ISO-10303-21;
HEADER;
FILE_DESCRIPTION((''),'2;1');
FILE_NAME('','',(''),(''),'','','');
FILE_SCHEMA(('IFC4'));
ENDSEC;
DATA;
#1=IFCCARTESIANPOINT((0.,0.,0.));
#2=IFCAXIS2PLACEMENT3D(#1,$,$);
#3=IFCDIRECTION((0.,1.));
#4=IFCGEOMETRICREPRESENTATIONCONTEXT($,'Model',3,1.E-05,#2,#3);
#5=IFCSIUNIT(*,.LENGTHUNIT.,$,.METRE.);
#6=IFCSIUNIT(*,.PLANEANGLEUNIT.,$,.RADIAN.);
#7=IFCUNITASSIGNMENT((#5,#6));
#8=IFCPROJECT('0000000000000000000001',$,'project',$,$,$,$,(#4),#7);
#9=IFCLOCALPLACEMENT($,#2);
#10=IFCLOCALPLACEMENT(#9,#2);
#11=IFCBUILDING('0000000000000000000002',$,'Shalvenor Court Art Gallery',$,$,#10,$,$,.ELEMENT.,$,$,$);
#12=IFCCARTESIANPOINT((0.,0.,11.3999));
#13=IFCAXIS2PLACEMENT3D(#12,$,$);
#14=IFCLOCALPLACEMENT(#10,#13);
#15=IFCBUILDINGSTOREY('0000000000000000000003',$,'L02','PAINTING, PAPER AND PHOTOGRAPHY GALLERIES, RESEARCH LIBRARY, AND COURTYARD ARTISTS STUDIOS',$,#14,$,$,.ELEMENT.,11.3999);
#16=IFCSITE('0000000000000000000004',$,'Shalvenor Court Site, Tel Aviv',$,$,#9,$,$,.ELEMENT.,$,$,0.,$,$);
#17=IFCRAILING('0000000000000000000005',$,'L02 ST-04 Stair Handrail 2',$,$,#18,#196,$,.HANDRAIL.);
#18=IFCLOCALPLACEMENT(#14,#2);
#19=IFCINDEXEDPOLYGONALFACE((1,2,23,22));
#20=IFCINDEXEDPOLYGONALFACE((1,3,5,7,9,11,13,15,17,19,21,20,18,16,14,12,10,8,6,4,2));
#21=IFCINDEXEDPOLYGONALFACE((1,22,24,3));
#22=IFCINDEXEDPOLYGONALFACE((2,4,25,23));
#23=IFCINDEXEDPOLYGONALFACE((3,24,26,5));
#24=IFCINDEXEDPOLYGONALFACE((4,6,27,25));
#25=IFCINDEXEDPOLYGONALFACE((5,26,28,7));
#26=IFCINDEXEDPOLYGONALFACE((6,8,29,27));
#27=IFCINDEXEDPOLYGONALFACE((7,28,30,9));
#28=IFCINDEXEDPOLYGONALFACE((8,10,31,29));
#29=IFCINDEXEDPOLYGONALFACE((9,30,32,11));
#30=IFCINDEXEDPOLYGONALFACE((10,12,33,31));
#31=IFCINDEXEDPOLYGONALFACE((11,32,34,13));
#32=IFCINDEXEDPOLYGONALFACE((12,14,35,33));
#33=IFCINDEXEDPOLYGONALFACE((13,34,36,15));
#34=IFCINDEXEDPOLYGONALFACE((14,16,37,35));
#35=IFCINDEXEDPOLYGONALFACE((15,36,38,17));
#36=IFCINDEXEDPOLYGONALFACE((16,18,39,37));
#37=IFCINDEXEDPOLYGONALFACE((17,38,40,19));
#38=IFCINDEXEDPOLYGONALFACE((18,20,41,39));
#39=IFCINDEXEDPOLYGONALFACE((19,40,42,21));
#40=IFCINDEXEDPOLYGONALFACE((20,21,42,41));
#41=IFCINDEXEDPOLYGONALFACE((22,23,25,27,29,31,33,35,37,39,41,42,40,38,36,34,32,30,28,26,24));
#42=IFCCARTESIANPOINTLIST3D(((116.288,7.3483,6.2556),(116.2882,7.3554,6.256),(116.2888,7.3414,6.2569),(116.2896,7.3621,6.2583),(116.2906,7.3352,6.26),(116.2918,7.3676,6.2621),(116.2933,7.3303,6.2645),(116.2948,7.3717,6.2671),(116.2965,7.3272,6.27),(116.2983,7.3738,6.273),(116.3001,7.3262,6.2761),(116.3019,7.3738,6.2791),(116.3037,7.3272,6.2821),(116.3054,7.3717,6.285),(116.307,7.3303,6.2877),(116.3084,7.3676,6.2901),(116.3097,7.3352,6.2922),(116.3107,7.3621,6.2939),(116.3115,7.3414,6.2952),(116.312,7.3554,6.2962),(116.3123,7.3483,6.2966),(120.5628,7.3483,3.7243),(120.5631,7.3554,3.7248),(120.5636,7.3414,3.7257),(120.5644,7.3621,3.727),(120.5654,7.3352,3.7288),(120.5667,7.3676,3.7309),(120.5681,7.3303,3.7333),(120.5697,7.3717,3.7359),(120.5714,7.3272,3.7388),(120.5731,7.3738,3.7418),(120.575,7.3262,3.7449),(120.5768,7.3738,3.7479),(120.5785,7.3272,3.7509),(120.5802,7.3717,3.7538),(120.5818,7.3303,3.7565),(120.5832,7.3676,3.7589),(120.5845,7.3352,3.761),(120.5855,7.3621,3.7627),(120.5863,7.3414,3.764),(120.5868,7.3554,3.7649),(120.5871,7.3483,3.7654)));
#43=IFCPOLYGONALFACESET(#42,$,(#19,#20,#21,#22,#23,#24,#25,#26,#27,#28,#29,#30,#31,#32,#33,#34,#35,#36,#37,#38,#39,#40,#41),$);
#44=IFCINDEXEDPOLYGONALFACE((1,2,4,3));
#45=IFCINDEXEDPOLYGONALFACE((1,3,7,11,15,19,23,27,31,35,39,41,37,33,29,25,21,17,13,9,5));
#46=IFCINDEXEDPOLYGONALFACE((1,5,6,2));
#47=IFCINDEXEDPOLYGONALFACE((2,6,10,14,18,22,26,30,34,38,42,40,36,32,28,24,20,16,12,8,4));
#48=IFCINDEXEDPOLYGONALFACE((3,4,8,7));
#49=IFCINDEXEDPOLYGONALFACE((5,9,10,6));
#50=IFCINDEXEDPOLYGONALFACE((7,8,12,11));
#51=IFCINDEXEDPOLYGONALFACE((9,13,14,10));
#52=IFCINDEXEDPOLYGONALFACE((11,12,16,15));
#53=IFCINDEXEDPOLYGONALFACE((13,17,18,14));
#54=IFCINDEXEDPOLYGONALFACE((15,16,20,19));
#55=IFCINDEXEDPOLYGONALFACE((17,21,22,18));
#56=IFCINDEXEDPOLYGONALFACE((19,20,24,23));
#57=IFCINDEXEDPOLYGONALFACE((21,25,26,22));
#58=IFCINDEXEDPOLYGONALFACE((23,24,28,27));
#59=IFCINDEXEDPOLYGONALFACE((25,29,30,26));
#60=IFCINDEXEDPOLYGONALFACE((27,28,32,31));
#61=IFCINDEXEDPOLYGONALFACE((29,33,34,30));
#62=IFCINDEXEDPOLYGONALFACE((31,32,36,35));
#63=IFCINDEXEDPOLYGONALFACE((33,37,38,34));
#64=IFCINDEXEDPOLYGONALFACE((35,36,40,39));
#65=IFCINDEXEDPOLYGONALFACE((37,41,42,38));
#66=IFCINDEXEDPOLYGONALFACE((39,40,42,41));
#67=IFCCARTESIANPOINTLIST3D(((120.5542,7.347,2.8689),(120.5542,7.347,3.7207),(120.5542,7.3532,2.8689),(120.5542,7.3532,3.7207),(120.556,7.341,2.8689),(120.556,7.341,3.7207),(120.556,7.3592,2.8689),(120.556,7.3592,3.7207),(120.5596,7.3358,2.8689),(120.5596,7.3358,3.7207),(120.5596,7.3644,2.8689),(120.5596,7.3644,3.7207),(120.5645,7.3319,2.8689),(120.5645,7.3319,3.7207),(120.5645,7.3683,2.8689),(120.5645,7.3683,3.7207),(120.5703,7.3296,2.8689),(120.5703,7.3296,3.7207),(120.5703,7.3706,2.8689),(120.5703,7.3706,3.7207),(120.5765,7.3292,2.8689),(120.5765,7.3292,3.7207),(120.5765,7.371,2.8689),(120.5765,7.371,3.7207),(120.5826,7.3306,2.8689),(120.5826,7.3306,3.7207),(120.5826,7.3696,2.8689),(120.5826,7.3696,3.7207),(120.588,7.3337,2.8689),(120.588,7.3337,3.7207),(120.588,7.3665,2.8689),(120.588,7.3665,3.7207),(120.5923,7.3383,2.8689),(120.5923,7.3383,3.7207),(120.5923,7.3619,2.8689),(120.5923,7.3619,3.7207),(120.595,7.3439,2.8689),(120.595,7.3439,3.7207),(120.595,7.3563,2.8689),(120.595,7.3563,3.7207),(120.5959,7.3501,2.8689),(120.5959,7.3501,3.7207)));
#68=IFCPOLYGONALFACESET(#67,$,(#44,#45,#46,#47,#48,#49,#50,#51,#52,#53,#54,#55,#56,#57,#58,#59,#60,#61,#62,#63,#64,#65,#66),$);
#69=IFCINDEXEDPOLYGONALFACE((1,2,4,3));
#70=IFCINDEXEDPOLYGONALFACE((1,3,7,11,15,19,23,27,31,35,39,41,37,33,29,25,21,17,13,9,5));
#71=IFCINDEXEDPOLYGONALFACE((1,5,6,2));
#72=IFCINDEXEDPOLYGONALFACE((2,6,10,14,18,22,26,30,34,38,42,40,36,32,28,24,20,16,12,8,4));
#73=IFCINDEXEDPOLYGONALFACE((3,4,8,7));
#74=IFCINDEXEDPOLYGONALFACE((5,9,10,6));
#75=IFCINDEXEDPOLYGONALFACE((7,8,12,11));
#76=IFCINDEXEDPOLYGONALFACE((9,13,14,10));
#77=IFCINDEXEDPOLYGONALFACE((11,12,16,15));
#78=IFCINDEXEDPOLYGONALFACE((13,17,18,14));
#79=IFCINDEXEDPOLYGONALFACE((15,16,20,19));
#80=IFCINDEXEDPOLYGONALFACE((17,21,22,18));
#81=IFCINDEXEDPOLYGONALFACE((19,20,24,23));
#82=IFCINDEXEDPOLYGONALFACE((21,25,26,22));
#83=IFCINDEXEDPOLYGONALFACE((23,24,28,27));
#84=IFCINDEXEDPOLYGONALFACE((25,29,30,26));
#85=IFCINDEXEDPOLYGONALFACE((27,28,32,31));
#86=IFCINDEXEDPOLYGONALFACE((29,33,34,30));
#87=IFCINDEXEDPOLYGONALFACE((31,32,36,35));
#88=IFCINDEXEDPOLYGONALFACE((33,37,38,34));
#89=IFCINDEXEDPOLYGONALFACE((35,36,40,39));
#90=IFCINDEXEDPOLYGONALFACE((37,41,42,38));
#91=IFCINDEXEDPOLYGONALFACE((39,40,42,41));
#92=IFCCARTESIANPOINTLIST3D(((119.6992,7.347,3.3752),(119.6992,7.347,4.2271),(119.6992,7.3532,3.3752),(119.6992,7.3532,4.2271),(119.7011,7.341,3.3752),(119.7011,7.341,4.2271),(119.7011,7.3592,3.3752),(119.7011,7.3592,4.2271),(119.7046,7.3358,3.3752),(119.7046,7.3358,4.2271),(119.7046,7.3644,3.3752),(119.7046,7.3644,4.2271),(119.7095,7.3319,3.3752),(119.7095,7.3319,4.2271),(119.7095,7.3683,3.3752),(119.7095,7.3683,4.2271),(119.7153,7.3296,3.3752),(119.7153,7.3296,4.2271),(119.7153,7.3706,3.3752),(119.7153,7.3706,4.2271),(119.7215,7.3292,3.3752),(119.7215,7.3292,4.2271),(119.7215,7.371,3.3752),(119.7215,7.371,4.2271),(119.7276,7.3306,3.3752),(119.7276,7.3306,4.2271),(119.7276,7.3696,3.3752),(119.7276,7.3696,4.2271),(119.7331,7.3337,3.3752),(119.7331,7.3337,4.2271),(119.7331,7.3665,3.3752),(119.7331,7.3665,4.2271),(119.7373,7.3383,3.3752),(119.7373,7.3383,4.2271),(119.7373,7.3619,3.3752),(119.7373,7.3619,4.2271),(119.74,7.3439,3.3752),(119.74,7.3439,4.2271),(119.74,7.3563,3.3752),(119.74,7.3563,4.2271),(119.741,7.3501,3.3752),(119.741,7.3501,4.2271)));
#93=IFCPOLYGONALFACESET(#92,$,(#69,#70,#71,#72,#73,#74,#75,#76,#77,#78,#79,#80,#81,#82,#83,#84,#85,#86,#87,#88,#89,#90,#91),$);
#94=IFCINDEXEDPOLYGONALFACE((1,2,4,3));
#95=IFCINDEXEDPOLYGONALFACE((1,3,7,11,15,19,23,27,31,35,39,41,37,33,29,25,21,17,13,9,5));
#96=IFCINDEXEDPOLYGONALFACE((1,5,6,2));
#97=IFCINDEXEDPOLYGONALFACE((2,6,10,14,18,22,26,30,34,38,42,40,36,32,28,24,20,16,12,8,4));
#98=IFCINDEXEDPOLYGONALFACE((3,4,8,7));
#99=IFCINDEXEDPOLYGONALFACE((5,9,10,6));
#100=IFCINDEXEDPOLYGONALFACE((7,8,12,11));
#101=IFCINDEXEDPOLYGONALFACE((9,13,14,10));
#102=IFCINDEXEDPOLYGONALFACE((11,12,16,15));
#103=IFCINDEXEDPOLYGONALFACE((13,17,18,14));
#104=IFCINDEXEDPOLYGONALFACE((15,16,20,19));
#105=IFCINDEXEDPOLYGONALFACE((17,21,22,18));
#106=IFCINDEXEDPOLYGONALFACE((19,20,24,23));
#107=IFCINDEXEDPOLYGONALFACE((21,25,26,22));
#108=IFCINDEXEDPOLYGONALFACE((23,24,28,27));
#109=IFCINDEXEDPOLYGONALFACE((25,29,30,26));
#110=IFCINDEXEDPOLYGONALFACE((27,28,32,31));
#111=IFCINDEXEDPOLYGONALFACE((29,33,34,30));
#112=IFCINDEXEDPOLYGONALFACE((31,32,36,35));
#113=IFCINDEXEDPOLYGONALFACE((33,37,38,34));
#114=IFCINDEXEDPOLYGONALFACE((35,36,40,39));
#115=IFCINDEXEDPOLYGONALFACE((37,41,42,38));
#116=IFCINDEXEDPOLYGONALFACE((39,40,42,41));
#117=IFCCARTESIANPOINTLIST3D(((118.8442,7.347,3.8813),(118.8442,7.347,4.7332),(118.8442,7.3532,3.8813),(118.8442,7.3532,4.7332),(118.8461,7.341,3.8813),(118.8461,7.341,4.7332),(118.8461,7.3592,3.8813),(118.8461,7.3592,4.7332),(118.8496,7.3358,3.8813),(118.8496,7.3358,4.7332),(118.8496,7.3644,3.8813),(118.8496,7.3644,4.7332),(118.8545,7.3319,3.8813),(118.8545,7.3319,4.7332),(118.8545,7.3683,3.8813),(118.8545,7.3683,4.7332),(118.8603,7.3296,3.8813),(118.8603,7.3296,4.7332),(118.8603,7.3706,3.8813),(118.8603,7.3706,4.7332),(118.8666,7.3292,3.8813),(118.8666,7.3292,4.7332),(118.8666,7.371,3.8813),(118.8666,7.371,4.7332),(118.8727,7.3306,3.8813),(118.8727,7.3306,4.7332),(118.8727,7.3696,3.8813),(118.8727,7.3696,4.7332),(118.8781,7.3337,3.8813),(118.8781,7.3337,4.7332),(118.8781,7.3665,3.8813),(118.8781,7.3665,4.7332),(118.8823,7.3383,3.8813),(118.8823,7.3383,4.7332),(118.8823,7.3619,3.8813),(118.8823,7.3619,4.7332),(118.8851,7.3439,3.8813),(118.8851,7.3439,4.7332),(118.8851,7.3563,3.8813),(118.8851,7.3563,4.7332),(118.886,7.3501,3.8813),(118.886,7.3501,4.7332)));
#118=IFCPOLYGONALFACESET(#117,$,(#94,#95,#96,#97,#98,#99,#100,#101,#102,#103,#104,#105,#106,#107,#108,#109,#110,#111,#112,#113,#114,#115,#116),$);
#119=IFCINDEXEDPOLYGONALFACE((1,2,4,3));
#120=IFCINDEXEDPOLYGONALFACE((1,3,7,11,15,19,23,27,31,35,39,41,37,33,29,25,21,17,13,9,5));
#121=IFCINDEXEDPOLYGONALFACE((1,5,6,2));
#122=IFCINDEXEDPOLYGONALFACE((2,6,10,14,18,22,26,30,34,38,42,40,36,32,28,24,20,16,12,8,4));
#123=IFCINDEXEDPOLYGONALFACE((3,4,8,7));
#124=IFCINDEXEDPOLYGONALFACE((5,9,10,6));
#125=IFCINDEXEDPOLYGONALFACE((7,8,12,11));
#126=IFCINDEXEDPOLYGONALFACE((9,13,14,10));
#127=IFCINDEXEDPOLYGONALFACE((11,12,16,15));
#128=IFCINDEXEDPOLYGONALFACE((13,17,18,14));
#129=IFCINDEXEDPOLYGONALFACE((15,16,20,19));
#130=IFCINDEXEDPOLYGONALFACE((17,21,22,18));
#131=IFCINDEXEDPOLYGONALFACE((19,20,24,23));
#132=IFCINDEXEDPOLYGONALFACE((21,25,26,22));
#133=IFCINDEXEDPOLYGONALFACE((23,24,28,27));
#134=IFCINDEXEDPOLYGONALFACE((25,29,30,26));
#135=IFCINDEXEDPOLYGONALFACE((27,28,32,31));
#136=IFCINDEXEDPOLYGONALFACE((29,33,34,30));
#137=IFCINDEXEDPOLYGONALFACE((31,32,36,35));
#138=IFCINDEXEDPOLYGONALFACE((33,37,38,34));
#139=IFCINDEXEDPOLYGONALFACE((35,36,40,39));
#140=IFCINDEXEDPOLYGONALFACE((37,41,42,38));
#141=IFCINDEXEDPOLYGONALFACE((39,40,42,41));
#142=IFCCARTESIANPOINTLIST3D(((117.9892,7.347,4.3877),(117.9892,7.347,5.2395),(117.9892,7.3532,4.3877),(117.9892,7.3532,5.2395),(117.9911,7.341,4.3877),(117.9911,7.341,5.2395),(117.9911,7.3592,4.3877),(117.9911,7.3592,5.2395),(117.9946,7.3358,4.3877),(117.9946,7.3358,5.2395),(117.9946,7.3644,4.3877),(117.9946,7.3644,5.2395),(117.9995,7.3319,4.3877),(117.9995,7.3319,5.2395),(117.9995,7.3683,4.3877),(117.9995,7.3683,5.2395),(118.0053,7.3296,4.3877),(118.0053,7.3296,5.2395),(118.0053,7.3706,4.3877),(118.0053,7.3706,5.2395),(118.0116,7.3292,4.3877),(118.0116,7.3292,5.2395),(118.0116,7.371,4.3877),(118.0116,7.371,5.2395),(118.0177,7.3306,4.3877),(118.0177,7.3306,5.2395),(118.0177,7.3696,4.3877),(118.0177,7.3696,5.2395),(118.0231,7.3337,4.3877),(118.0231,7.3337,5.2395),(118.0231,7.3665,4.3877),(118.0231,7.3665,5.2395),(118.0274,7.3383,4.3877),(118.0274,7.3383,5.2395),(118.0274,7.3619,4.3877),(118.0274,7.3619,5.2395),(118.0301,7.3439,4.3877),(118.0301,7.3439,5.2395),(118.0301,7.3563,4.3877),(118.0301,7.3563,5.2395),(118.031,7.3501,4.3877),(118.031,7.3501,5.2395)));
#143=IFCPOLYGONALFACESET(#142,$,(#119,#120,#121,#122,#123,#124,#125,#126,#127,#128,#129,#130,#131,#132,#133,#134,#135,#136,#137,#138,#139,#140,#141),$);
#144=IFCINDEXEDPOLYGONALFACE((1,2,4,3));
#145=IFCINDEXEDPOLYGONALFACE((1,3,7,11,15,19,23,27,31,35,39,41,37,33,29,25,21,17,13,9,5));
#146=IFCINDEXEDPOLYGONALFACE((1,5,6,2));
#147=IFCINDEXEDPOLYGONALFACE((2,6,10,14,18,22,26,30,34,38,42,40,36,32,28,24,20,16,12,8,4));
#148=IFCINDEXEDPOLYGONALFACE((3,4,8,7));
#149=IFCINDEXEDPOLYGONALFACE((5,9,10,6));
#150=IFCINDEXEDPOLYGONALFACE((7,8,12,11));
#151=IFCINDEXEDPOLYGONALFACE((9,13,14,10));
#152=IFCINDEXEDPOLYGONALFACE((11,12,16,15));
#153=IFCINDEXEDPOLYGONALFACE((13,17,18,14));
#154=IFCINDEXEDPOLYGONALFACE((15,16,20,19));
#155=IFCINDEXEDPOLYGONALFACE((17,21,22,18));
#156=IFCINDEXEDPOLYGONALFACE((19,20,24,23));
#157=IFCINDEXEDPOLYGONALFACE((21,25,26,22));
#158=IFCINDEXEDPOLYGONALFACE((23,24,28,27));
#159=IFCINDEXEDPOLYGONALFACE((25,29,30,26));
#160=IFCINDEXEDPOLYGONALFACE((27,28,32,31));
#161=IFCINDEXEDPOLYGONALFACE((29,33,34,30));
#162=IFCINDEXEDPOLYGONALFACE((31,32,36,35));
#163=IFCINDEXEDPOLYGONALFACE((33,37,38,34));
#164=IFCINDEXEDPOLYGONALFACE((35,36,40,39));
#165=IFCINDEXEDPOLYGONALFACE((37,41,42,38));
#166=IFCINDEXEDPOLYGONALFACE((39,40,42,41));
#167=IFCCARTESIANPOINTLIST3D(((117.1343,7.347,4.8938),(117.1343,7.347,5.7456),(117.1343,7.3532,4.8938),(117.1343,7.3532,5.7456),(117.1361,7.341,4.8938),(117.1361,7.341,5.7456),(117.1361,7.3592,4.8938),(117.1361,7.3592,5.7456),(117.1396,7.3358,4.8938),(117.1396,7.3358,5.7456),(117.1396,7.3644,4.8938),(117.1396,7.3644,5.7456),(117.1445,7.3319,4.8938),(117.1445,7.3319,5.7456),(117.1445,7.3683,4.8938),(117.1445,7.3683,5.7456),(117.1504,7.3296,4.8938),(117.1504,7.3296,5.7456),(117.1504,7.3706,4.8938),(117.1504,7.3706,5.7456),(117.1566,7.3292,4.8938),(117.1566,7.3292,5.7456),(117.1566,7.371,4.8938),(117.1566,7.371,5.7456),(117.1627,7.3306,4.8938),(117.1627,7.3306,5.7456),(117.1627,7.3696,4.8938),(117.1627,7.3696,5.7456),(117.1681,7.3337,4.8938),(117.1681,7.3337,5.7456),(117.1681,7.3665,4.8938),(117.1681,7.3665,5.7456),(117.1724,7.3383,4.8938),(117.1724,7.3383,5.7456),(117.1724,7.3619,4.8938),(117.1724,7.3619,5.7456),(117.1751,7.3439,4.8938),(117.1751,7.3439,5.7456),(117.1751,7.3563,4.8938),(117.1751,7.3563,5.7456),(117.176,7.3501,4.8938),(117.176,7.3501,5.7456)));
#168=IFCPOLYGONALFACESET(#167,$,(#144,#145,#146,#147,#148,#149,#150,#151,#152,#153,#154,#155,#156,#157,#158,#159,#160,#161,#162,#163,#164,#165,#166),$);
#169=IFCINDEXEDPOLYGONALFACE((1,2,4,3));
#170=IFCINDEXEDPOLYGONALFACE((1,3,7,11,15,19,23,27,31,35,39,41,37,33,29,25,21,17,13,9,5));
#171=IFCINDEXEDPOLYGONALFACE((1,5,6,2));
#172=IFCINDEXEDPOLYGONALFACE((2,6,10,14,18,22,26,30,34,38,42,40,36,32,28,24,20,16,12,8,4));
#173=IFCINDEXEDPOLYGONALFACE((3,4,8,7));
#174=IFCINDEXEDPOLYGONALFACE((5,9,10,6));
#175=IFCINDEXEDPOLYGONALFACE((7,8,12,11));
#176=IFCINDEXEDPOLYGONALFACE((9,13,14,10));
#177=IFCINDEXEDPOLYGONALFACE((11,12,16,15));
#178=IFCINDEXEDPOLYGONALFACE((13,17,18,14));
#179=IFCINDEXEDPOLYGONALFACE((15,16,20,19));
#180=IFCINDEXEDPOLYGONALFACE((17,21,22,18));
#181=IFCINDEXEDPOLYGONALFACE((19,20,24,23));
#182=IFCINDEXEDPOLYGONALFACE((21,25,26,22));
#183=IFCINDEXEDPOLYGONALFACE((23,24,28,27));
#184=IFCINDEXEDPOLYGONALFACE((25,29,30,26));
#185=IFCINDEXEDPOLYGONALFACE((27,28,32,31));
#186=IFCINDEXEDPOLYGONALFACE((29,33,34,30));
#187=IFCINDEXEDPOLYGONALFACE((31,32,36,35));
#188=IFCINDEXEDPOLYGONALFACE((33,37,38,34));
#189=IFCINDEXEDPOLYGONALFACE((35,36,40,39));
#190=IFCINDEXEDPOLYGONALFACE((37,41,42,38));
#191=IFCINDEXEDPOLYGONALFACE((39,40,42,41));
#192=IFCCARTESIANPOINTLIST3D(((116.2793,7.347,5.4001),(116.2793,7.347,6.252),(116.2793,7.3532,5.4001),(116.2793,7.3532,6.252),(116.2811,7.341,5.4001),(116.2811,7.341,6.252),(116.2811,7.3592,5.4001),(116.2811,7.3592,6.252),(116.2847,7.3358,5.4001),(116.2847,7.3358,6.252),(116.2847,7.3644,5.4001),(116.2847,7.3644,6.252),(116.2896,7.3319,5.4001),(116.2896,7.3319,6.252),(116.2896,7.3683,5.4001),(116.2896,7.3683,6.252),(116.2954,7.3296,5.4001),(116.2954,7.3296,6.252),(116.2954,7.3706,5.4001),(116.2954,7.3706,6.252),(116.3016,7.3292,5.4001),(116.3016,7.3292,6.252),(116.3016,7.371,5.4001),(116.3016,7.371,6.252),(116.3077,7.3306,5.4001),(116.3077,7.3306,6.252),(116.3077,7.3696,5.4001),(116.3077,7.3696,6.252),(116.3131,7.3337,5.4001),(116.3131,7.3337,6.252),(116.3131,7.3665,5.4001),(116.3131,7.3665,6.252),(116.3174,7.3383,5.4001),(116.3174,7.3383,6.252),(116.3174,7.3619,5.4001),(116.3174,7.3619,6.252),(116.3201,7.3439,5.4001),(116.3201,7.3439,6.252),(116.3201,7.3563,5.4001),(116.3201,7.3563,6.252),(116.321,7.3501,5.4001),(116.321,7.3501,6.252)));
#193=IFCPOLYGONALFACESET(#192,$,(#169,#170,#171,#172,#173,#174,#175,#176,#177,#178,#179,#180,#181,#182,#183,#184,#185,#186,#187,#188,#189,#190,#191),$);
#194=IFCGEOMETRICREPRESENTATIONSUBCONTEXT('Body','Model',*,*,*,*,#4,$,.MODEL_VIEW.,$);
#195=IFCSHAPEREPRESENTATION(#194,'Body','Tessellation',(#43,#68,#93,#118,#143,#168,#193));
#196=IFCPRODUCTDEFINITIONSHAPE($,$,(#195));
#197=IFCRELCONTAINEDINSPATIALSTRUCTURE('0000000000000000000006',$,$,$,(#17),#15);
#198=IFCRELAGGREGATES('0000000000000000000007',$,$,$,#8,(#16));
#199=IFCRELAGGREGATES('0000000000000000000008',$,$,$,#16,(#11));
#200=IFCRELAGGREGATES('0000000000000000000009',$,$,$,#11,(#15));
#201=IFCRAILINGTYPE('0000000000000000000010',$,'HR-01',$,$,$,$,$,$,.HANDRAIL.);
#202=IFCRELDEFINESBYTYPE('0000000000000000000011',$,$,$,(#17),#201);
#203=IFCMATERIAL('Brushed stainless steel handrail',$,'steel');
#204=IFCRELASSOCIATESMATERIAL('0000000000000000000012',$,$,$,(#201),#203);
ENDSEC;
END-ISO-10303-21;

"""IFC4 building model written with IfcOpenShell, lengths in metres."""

from ifc_helpers import new_model, si_unit, direction, frame, origin, origin_2d, place, context, subcontext, project, spatial, circle, extrude, material, type_object, element, save


model = new_model("IFC4")

# Units and contexts
model_context = context("Model", 3, precision=1e-05, world=origin(), true_north=direction((0.0, 1.0)))
body_context = subcontext(model_context, "Body", "Model", "MODEL_VIEW")
ifc_project = project(units=[si_unit("LENGTHUNIT", "METRE"), si_unit("PLANEANGLEUNIT", "RADIAN")], contexts=[model_context])

# Site, building, storey
site_placement = place(None, origin())
site = spatial("IfcSite", under=ifc_project, at=site_placement, Name="Shalvenor Court Site, Tel Aviv", CompositionType="ELEMENT", RefElevation=0.0)
building_placement = place(site_placement, origin())
building = spatial("IfcBuilding", under=site, at=building_placement, Name="Shalvenor Court Art Gallery", CompositionType="ELEMENT")
storey_placement = place(building_placement, frame((0.0, 0.0, 11.3999)))
storey = spatial("IfcBuildingStorey", under=building, at=storey_placement, Name="L02", Description="PAINTING, PAPER AND PHOTOGRAPHY GALLERIES, RESEARCH LIBRARY, AND COURTYARD ARTISTS STUDIOS", CompositionType="ELEMENT", Elevation=11.3999)

# Railing
ifc_material_1 = material(Name="Brushed stainless steel handrail", Category="steel")
railing_type_1 = type_object("IfcRailingType", Name="HR-01", PredefinedType="HANDRAIL", material=ifc_material_1)
railing_1_placement = place(storey_placement, frame((120.575, 7.3501, 2.8689)))
element("IfcRailing", 1, at=railing_1_placement, inside=storey, type_object=railing_type_1, Name="L02 ST-04 Stair Handrail 2", PredefinedType="HANDRAIL", context=body_context, shape_type="SweptSolid", body=[
    extrude(circle(Radius=0.0239, at=origin_2d()), frame((0.0, 0.0, 0.876), z_axis=(-0.86047, 0.0, 0.509501), x_axis=(0.0, -1.0, 0.0)), (0.0, 0.0, 1.0), 4.968),
    extrude(circle(Radius=0.021, at=origin_2d()), origin(), (0.0, 0.0, 1.0), 0.8518),
    extrude(circle(Radius=0.021, at=origin_2d()), frame((-0.855, 0.0, 0.5063)), (0.0, 0.0, 1.0), 0.8518),
    extrude(circle(Radius=0.021, at=origin_2d()), frame((-1.71, 0.0, 1.0125)), (0.0, 0.0, 1.0), 0.8518),
    extrude(circle(Radius=0.021, at=origin_2d()), frame((-2.5649, 0.0, 1.5188)), (0.0, 0.0, 1.0), 0.8518),
    extrude(circle(Radius=0.021, at=origin_2d()), frame((-3.4199, 0.0, 2.0249)), (0.0, 0.0, 1.0), 0.8518),
    extrude(circle(Radius=0.021, at=origin_2d()), frame((-4.2749, 0.0, 2.5312)), (0.0, 0.0, 1.0), 0.8518),
])

save(model, "model.ifc")
